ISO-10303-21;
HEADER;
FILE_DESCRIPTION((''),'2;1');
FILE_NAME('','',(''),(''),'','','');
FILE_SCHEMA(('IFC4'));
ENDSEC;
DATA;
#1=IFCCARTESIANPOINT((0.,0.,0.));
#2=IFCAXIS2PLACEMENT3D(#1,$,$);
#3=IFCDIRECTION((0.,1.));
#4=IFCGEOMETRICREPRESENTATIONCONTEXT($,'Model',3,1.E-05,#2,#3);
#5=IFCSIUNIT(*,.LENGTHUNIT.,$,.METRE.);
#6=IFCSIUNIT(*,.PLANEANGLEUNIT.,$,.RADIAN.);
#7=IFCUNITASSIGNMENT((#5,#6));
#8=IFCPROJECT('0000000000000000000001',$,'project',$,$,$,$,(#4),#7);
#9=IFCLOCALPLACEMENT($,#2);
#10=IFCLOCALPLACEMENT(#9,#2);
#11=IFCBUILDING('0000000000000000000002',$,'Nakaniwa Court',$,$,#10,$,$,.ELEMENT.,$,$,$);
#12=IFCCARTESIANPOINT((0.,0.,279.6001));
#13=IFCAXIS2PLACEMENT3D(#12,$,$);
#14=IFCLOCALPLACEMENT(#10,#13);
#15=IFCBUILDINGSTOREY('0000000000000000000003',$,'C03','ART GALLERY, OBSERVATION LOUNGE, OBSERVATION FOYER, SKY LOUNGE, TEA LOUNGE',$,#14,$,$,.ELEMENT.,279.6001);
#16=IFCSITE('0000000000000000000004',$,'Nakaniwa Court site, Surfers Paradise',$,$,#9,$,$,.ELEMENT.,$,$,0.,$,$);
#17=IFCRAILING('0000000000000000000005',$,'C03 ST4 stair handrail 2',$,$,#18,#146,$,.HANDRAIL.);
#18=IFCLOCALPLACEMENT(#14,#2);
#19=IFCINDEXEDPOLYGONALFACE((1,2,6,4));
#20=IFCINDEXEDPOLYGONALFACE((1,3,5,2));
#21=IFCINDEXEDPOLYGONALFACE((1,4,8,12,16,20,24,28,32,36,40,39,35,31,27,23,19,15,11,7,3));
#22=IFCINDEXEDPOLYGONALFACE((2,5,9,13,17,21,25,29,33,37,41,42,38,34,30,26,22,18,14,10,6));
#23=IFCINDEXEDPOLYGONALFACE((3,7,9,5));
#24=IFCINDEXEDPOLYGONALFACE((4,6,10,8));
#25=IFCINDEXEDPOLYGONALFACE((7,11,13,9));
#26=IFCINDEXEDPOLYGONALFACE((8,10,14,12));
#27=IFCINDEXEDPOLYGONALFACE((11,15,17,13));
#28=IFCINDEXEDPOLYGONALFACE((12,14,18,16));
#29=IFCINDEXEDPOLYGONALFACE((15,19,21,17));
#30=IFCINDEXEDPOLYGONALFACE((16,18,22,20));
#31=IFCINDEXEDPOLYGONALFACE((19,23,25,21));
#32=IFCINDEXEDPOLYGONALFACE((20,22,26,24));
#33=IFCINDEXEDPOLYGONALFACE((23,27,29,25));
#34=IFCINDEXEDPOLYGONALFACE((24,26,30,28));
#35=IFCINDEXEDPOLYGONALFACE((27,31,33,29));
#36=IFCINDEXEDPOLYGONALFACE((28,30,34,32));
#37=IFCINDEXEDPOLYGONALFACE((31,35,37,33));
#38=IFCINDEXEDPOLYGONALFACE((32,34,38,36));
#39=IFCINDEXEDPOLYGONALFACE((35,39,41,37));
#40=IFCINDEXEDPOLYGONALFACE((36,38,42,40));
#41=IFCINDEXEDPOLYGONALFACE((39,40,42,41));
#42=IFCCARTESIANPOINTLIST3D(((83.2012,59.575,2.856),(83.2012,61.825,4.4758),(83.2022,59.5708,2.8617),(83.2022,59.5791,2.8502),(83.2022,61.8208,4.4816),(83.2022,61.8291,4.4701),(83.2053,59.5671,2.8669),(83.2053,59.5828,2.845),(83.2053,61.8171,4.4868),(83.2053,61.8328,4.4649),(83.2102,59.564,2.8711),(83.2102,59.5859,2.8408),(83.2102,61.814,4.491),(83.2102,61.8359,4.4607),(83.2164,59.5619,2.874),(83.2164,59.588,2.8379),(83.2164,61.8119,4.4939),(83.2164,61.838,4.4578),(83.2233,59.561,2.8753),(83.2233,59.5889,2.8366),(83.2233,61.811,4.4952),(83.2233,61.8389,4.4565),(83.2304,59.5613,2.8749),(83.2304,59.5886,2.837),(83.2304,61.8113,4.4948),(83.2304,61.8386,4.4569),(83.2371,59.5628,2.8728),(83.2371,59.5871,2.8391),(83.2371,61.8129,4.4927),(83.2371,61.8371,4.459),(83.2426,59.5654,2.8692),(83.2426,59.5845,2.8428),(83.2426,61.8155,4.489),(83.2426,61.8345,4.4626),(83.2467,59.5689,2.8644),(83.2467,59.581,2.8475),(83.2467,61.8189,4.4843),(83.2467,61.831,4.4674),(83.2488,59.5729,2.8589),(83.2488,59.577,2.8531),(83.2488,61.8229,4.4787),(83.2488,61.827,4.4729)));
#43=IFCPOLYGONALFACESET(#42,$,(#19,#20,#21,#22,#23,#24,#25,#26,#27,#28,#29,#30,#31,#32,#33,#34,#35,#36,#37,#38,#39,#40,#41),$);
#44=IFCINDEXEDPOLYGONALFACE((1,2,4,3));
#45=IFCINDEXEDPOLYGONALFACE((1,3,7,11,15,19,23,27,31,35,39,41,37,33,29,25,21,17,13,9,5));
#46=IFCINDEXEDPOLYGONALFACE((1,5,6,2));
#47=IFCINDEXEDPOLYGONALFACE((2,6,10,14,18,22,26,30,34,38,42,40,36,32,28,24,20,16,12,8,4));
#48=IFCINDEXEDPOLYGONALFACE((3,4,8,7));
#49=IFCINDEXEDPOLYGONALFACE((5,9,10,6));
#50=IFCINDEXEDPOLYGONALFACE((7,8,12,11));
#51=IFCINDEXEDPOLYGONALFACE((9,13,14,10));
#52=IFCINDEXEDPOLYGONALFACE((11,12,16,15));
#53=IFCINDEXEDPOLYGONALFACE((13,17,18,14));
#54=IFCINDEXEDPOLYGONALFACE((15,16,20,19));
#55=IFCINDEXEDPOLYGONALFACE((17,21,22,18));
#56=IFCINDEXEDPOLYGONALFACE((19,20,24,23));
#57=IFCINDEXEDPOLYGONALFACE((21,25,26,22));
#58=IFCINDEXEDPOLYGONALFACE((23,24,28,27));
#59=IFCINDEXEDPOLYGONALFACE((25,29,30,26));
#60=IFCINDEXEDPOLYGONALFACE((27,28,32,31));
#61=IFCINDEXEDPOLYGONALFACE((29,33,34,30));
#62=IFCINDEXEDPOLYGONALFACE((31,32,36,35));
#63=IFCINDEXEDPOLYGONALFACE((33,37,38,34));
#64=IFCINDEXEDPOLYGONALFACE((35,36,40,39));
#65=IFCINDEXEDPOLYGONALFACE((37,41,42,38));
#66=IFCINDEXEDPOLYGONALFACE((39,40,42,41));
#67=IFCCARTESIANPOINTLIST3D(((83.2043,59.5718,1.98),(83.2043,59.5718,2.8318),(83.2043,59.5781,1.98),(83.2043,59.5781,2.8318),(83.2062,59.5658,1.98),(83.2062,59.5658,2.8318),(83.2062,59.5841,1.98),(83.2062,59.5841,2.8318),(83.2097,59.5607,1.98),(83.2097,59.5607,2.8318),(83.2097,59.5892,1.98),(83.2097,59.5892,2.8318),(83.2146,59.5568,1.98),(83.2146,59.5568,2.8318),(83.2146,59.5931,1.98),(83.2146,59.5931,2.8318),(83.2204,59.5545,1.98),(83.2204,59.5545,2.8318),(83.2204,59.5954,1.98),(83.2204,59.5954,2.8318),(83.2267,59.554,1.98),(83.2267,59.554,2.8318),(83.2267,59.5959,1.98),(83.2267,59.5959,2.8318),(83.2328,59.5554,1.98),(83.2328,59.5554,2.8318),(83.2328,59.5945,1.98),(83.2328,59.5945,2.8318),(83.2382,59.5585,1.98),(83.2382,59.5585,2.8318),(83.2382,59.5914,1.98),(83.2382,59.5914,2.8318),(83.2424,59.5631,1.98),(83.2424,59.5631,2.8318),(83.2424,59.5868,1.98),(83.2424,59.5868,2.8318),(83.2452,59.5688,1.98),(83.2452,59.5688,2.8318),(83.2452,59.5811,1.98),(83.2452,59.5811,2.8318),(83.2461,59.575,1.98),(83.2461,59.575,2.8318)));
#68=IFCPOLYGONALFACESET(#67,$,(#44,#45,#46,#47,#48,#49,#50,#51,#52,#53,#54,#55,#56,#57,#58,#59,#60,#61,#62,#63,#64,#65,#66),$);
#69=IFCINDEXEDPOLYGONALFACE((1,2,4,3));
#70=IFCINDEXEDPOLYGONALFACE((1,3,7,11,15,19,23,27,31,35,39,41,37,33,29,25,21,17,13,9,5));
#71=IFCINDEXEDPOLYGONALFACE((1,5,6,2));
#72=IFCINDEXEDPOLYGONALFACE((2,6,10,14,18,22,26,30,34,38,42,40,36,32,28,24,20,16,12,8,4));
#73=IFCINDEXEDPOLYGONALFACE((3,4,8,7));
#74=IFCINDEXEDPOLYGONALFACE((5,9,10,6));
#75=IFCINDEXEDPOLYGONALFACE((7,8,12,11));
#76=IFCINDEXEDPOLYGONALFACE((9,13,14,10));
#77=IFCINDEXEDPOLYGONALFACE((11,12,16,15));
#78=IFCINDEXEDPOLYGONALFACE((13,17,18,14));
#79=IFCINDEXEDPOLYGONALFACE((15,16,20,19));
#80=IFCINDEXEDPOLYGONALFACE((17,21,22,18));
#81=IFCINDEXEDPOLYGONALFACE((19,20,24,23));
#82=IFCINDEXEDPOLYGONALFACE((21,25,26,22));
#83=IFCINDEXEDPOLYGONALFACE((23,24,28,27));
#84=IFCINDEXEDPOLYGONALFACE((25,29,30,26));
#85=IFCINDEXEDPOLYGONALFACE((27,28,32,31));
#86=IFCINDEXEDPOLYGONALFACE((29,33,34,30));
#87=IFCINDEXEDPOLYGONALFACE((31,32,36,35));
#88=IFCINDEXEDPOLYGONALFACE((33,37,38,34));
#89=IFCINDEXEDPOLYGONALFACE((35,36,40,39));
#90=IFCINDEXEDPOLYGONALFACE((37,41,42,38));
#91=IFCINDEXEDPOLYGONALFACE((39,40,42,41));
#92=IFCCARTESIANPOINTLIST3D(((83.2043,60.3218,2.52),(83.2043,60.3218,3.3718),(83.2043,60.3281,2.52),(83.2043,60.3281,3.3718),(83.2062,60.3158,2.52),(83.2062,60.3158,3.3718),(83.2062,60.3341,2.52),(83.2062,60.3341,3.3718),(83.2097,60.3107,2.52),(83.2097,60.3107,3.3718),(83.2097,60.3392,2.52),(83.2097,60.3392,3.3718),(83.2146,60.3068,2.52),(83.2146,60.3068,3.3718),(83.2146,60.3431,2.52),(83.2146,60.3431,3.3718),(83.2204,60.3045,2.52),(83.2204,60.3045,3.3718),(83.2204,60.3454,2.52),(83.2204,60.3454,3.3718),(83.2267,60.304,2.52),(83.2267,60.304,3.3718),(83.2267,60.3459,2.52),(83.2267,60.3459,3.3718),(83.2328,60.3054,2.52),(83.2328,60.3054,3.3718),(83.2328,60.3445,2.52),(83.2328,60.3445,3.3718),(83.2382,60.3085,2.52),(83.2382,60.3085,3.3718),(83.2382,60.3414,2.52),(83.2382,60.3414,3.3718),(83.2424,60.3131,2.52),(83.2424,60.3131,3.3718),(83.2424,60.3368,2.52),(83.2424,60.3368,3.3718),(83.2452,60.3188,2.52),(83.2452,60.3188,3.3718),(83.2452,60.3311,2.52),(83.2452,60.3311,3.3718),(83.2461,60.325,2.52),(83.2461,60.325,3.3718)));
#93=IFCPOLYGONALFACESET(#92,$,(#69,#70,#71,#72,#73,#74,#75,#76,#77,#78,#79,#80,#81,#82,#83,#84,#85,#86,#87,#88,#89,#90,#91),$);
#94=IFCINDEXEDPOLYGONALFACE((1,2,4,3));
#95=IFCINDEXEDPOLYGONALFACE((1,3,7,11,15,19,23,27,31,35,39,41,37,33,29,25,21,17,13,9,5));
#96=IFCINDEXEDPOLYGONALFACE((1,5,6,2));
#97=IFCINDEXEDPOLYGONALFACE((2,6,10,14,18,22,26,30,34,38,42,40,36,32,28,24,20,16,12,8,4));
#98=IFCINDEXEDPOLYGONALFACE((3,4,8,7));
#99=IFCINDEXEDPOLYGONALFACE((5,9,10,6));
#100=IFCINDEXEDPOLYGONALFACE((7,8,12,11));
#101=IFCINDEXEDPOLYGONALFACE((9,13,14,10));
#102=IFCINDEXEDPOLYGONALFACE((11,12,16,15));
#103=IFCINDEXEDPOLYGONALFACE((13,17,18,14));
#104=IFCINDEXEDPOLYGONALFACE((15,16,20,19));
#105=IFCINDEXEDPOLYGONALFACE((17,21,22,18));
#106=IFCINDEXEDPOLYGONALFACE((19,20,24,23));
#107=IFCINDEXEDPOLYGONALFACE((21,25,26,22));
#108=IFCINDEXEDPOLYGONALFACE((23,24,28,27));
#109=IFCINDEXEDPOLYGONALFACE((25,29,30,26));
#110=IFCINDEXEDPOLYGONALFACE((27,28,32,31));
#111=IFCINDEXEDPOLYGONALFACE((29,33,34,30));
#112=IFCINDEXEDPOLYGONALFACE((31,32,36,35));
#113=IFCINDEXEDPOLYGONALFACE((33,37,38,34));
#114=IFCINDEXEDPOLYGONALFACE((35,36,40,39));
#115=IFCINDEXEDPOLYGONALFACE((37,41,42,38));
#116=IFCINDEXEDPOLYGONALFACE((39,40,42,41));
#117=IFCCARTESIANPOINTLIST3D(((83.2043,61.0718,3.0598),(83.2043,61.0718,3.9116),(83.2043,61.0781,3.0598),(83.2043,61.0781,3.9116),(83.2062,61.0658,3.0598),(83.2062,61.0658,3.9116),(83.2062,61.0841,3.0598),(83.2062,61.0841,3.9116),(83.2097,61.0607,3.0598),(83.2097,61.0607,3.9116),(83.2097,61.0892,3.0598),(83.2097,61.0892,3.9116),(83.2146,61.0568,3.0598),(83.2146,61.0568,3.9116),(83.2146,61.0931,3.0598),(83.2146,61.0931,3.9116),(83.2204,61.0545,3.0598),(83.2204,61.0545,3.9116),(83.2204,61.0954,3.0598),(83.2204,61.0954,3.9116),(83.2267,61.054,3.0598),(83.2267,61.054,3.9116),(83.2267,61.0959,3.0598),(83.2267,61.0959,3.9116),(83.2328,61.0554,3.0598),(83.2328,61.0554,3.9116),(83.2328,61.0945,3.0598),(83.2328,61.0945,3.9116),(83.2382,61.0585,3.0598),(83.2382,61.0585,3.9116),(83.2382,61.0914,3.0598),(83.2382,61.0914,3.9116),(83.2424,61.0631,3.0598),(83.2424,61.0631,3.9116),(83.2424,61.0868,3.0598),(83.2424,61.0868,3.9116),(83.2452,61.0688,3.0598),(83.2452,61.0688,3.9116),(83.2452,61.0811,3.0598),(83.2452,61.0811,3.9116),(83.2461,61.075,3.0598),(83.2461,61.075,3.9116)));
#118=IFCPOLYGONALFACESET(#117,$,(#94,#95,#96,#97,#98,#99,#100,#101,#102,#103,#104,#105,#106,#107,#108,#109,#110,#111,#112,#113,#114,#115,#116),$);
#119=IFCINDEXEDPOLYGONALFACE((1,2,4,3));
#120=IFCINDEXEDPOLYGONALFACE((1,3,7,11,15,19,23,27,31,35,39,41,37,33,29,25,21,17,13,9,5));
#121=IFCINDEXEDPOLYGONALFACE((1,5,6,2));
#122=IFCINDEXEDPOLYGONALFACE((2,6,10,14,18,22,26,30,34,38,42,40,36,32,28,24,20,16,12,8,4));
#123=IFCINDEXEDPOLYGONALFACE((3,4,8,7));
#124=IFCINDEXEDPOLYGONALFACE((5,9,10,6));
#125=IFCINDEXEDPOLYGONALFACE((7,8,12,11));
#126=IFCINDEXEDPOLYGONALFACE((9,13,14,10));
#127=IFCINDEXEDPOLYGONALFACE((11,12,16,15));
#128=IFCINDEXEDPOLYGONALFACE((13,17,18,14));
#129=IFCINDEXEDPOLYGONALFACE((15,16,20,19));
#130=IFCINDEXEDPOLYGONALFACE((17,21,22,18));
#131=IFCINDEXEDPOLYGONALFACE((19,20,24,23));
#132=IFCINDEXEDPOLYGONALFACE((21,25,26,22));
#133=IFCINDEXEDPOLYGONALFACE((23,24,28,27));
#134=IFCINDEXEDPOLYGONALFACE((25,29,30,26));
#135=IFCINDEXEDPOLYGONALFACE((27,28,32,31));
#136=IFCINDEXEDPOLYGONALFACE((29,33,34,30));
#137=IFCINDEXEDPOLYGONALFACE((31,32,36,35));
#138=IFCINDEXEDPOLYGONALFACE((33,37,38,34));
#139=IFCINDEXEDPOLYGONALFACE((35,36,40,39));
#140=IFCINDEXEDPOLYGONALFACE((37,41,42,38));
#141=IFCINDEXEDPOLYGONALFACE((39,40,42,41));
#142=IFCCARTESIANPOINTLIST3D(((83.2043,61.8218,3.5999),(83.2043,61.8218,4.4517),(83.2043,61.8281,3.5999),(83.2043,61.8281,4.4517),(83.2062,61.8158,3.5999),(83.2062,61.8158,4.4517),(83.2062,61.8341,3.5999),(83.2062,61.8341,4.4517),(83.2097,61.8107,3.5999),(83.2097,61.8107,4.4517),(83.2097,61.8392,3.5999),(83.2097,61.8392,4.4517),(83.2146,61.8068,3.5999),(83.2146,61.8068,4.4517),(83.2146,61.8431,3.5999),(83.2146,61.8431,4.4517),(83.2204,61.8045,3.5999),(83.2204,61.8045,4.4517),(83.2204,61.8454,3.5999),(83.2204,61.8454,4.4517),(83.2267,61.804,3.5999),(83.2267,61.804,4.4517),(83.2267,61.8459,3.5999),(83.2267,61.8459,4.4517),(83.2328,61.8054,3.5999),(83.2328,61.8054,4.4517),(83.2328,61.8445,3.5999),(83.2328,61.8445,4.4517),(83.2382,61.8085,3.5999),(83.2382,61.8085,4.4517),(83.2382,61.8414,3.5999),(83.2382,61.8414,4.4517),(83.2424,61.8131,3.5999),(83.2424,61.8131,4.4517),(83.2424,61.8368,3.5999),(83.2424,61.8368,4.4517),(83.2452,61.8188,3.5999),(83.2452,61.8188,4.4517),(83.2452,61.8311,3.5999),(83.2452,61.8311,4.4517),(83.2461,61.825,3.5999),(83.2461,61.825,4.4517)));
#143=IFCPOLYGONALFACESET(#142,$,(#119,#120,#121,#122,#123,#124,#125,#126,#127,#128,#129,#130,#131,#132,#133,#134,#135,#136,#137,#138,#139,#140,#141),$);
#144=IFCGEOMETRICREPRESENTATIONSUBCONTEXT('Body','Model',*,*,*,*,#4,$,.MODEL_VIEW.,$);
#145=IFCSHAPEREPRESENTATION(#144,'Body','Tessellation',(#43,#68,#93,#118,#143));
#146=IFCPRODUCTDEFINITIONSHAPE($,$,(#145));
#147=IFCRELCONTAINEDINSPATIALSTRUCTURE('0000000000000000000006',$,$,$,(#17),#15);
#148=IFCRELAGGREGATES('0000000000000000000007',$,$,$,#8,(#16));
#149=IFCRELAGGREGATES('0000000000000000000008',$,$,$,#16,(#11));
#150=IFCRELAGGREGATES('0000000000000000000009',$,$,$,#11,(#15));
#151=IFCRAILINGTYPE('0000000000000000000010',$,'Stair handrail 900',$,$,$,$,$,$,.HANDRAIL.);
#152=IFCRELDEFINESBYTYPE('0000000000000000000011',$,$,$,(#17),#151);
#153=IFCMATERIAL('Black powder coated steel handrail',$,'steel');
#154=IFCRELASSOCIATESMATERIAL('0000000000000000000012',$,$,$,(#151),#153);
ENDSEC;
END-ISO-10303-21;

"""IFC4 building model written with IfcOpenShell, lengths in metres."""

from ifc_helpers import new_model, si_unit, direction, frame, origin, origin_2d, place, context, subcontext, project, spatial, circle, extrude, material, type_object, element, save


model = new_model("IFC4")

# Units and contexts
model_context = context("Model", 3, precision=1e-05, world=origin(), true_north=direction((0.0, 1.0)))
body_context = subcontext(model_context, "Body", "Model", "MODEL_VIEW")
ifc_project = project(units=[si_unit("LENGTHUNIT", "METRE"), si_unit("PLANEANGLEUNIT", "RADIAN")], contexts=[model_context])

# Site, building, storey
site_placement = place(None, origin())
site = spatial("IfcSite", under=ifc_project, at=site_placement, Name="Nakaniwa Court site, Surfers Paradise", CompositionType="ELEMENT", RefElevation=0.0)
building_placement = place(site_placement, origin())
building = spatial("IfcBuilding", under=site, at=building_placement, Name="Nakaniwa Court", CompositionType="ELEMENT")
storey_placement = place(building_placement, frame((0.0, 0.0, 279.6001)))
storey = spatial("IfcBuildingStorey", under=building, at=storey_placement, Name="C03", Description="ART GALLERY, OBSERVATION LOUNGE, OBSERVATION FOYER, SKY LOUNGE, TEA LOUNGE", CompositionType="ELEMENT", Elevation=279.6001)

# Railing
ifc_material_1 = material(Name="Black powder coated steel handrail", Category="steel")
railing_type_1 = type_object("IfcRailingType", Name="Stair handrail 900", PredefinedType="HANDRAIL", material=ifc_material_1)
railing_1_placement = place(storey_placement, frame((83.2251, 59.575, 1.98)))
element("IfcRailing", 1, at=railing_1_placement, inside=storey, type_object=railing_type_1, Name="C03 ST4 stair handrail 2", PredefinedType="HANDRAIL", context=body_context, shape_type="SweptSolid", body=[
    extrude(circle(Radius=0.0239, at=origin_2d()), frame((0.0, 0.0, 0.876), z_axis=(0.0, 0.811556, 0.584275), x_axis=(-1.0, 0.0, 0.0)), (0.0, 0.0, 1.0), 2.7725),
    extrude(circle(Radius=0.021, at=origin_2d()), origin(), (0.0, 0.0, 1.0), 0.8518),
    extrude(circle(Radius=0.021, at=origin_2d()), frame((0.0, 0.75, 0.54)), (0.0, 0.0, 1.0), 0.8518),
    extrude(circle(Radius=0.021, at=origin_2d()), frame((0.0, 1.5, 1.0798)), (0.0, 0.0, 1.0), 0.8518),
    extrude(circle(Radius=0.021, at=origin_2d()), frame((0.0, 2.25, 1.6199)), (0.0, 0.0, 1.0), 0.8518),
])

save(model, "model.ifc")
